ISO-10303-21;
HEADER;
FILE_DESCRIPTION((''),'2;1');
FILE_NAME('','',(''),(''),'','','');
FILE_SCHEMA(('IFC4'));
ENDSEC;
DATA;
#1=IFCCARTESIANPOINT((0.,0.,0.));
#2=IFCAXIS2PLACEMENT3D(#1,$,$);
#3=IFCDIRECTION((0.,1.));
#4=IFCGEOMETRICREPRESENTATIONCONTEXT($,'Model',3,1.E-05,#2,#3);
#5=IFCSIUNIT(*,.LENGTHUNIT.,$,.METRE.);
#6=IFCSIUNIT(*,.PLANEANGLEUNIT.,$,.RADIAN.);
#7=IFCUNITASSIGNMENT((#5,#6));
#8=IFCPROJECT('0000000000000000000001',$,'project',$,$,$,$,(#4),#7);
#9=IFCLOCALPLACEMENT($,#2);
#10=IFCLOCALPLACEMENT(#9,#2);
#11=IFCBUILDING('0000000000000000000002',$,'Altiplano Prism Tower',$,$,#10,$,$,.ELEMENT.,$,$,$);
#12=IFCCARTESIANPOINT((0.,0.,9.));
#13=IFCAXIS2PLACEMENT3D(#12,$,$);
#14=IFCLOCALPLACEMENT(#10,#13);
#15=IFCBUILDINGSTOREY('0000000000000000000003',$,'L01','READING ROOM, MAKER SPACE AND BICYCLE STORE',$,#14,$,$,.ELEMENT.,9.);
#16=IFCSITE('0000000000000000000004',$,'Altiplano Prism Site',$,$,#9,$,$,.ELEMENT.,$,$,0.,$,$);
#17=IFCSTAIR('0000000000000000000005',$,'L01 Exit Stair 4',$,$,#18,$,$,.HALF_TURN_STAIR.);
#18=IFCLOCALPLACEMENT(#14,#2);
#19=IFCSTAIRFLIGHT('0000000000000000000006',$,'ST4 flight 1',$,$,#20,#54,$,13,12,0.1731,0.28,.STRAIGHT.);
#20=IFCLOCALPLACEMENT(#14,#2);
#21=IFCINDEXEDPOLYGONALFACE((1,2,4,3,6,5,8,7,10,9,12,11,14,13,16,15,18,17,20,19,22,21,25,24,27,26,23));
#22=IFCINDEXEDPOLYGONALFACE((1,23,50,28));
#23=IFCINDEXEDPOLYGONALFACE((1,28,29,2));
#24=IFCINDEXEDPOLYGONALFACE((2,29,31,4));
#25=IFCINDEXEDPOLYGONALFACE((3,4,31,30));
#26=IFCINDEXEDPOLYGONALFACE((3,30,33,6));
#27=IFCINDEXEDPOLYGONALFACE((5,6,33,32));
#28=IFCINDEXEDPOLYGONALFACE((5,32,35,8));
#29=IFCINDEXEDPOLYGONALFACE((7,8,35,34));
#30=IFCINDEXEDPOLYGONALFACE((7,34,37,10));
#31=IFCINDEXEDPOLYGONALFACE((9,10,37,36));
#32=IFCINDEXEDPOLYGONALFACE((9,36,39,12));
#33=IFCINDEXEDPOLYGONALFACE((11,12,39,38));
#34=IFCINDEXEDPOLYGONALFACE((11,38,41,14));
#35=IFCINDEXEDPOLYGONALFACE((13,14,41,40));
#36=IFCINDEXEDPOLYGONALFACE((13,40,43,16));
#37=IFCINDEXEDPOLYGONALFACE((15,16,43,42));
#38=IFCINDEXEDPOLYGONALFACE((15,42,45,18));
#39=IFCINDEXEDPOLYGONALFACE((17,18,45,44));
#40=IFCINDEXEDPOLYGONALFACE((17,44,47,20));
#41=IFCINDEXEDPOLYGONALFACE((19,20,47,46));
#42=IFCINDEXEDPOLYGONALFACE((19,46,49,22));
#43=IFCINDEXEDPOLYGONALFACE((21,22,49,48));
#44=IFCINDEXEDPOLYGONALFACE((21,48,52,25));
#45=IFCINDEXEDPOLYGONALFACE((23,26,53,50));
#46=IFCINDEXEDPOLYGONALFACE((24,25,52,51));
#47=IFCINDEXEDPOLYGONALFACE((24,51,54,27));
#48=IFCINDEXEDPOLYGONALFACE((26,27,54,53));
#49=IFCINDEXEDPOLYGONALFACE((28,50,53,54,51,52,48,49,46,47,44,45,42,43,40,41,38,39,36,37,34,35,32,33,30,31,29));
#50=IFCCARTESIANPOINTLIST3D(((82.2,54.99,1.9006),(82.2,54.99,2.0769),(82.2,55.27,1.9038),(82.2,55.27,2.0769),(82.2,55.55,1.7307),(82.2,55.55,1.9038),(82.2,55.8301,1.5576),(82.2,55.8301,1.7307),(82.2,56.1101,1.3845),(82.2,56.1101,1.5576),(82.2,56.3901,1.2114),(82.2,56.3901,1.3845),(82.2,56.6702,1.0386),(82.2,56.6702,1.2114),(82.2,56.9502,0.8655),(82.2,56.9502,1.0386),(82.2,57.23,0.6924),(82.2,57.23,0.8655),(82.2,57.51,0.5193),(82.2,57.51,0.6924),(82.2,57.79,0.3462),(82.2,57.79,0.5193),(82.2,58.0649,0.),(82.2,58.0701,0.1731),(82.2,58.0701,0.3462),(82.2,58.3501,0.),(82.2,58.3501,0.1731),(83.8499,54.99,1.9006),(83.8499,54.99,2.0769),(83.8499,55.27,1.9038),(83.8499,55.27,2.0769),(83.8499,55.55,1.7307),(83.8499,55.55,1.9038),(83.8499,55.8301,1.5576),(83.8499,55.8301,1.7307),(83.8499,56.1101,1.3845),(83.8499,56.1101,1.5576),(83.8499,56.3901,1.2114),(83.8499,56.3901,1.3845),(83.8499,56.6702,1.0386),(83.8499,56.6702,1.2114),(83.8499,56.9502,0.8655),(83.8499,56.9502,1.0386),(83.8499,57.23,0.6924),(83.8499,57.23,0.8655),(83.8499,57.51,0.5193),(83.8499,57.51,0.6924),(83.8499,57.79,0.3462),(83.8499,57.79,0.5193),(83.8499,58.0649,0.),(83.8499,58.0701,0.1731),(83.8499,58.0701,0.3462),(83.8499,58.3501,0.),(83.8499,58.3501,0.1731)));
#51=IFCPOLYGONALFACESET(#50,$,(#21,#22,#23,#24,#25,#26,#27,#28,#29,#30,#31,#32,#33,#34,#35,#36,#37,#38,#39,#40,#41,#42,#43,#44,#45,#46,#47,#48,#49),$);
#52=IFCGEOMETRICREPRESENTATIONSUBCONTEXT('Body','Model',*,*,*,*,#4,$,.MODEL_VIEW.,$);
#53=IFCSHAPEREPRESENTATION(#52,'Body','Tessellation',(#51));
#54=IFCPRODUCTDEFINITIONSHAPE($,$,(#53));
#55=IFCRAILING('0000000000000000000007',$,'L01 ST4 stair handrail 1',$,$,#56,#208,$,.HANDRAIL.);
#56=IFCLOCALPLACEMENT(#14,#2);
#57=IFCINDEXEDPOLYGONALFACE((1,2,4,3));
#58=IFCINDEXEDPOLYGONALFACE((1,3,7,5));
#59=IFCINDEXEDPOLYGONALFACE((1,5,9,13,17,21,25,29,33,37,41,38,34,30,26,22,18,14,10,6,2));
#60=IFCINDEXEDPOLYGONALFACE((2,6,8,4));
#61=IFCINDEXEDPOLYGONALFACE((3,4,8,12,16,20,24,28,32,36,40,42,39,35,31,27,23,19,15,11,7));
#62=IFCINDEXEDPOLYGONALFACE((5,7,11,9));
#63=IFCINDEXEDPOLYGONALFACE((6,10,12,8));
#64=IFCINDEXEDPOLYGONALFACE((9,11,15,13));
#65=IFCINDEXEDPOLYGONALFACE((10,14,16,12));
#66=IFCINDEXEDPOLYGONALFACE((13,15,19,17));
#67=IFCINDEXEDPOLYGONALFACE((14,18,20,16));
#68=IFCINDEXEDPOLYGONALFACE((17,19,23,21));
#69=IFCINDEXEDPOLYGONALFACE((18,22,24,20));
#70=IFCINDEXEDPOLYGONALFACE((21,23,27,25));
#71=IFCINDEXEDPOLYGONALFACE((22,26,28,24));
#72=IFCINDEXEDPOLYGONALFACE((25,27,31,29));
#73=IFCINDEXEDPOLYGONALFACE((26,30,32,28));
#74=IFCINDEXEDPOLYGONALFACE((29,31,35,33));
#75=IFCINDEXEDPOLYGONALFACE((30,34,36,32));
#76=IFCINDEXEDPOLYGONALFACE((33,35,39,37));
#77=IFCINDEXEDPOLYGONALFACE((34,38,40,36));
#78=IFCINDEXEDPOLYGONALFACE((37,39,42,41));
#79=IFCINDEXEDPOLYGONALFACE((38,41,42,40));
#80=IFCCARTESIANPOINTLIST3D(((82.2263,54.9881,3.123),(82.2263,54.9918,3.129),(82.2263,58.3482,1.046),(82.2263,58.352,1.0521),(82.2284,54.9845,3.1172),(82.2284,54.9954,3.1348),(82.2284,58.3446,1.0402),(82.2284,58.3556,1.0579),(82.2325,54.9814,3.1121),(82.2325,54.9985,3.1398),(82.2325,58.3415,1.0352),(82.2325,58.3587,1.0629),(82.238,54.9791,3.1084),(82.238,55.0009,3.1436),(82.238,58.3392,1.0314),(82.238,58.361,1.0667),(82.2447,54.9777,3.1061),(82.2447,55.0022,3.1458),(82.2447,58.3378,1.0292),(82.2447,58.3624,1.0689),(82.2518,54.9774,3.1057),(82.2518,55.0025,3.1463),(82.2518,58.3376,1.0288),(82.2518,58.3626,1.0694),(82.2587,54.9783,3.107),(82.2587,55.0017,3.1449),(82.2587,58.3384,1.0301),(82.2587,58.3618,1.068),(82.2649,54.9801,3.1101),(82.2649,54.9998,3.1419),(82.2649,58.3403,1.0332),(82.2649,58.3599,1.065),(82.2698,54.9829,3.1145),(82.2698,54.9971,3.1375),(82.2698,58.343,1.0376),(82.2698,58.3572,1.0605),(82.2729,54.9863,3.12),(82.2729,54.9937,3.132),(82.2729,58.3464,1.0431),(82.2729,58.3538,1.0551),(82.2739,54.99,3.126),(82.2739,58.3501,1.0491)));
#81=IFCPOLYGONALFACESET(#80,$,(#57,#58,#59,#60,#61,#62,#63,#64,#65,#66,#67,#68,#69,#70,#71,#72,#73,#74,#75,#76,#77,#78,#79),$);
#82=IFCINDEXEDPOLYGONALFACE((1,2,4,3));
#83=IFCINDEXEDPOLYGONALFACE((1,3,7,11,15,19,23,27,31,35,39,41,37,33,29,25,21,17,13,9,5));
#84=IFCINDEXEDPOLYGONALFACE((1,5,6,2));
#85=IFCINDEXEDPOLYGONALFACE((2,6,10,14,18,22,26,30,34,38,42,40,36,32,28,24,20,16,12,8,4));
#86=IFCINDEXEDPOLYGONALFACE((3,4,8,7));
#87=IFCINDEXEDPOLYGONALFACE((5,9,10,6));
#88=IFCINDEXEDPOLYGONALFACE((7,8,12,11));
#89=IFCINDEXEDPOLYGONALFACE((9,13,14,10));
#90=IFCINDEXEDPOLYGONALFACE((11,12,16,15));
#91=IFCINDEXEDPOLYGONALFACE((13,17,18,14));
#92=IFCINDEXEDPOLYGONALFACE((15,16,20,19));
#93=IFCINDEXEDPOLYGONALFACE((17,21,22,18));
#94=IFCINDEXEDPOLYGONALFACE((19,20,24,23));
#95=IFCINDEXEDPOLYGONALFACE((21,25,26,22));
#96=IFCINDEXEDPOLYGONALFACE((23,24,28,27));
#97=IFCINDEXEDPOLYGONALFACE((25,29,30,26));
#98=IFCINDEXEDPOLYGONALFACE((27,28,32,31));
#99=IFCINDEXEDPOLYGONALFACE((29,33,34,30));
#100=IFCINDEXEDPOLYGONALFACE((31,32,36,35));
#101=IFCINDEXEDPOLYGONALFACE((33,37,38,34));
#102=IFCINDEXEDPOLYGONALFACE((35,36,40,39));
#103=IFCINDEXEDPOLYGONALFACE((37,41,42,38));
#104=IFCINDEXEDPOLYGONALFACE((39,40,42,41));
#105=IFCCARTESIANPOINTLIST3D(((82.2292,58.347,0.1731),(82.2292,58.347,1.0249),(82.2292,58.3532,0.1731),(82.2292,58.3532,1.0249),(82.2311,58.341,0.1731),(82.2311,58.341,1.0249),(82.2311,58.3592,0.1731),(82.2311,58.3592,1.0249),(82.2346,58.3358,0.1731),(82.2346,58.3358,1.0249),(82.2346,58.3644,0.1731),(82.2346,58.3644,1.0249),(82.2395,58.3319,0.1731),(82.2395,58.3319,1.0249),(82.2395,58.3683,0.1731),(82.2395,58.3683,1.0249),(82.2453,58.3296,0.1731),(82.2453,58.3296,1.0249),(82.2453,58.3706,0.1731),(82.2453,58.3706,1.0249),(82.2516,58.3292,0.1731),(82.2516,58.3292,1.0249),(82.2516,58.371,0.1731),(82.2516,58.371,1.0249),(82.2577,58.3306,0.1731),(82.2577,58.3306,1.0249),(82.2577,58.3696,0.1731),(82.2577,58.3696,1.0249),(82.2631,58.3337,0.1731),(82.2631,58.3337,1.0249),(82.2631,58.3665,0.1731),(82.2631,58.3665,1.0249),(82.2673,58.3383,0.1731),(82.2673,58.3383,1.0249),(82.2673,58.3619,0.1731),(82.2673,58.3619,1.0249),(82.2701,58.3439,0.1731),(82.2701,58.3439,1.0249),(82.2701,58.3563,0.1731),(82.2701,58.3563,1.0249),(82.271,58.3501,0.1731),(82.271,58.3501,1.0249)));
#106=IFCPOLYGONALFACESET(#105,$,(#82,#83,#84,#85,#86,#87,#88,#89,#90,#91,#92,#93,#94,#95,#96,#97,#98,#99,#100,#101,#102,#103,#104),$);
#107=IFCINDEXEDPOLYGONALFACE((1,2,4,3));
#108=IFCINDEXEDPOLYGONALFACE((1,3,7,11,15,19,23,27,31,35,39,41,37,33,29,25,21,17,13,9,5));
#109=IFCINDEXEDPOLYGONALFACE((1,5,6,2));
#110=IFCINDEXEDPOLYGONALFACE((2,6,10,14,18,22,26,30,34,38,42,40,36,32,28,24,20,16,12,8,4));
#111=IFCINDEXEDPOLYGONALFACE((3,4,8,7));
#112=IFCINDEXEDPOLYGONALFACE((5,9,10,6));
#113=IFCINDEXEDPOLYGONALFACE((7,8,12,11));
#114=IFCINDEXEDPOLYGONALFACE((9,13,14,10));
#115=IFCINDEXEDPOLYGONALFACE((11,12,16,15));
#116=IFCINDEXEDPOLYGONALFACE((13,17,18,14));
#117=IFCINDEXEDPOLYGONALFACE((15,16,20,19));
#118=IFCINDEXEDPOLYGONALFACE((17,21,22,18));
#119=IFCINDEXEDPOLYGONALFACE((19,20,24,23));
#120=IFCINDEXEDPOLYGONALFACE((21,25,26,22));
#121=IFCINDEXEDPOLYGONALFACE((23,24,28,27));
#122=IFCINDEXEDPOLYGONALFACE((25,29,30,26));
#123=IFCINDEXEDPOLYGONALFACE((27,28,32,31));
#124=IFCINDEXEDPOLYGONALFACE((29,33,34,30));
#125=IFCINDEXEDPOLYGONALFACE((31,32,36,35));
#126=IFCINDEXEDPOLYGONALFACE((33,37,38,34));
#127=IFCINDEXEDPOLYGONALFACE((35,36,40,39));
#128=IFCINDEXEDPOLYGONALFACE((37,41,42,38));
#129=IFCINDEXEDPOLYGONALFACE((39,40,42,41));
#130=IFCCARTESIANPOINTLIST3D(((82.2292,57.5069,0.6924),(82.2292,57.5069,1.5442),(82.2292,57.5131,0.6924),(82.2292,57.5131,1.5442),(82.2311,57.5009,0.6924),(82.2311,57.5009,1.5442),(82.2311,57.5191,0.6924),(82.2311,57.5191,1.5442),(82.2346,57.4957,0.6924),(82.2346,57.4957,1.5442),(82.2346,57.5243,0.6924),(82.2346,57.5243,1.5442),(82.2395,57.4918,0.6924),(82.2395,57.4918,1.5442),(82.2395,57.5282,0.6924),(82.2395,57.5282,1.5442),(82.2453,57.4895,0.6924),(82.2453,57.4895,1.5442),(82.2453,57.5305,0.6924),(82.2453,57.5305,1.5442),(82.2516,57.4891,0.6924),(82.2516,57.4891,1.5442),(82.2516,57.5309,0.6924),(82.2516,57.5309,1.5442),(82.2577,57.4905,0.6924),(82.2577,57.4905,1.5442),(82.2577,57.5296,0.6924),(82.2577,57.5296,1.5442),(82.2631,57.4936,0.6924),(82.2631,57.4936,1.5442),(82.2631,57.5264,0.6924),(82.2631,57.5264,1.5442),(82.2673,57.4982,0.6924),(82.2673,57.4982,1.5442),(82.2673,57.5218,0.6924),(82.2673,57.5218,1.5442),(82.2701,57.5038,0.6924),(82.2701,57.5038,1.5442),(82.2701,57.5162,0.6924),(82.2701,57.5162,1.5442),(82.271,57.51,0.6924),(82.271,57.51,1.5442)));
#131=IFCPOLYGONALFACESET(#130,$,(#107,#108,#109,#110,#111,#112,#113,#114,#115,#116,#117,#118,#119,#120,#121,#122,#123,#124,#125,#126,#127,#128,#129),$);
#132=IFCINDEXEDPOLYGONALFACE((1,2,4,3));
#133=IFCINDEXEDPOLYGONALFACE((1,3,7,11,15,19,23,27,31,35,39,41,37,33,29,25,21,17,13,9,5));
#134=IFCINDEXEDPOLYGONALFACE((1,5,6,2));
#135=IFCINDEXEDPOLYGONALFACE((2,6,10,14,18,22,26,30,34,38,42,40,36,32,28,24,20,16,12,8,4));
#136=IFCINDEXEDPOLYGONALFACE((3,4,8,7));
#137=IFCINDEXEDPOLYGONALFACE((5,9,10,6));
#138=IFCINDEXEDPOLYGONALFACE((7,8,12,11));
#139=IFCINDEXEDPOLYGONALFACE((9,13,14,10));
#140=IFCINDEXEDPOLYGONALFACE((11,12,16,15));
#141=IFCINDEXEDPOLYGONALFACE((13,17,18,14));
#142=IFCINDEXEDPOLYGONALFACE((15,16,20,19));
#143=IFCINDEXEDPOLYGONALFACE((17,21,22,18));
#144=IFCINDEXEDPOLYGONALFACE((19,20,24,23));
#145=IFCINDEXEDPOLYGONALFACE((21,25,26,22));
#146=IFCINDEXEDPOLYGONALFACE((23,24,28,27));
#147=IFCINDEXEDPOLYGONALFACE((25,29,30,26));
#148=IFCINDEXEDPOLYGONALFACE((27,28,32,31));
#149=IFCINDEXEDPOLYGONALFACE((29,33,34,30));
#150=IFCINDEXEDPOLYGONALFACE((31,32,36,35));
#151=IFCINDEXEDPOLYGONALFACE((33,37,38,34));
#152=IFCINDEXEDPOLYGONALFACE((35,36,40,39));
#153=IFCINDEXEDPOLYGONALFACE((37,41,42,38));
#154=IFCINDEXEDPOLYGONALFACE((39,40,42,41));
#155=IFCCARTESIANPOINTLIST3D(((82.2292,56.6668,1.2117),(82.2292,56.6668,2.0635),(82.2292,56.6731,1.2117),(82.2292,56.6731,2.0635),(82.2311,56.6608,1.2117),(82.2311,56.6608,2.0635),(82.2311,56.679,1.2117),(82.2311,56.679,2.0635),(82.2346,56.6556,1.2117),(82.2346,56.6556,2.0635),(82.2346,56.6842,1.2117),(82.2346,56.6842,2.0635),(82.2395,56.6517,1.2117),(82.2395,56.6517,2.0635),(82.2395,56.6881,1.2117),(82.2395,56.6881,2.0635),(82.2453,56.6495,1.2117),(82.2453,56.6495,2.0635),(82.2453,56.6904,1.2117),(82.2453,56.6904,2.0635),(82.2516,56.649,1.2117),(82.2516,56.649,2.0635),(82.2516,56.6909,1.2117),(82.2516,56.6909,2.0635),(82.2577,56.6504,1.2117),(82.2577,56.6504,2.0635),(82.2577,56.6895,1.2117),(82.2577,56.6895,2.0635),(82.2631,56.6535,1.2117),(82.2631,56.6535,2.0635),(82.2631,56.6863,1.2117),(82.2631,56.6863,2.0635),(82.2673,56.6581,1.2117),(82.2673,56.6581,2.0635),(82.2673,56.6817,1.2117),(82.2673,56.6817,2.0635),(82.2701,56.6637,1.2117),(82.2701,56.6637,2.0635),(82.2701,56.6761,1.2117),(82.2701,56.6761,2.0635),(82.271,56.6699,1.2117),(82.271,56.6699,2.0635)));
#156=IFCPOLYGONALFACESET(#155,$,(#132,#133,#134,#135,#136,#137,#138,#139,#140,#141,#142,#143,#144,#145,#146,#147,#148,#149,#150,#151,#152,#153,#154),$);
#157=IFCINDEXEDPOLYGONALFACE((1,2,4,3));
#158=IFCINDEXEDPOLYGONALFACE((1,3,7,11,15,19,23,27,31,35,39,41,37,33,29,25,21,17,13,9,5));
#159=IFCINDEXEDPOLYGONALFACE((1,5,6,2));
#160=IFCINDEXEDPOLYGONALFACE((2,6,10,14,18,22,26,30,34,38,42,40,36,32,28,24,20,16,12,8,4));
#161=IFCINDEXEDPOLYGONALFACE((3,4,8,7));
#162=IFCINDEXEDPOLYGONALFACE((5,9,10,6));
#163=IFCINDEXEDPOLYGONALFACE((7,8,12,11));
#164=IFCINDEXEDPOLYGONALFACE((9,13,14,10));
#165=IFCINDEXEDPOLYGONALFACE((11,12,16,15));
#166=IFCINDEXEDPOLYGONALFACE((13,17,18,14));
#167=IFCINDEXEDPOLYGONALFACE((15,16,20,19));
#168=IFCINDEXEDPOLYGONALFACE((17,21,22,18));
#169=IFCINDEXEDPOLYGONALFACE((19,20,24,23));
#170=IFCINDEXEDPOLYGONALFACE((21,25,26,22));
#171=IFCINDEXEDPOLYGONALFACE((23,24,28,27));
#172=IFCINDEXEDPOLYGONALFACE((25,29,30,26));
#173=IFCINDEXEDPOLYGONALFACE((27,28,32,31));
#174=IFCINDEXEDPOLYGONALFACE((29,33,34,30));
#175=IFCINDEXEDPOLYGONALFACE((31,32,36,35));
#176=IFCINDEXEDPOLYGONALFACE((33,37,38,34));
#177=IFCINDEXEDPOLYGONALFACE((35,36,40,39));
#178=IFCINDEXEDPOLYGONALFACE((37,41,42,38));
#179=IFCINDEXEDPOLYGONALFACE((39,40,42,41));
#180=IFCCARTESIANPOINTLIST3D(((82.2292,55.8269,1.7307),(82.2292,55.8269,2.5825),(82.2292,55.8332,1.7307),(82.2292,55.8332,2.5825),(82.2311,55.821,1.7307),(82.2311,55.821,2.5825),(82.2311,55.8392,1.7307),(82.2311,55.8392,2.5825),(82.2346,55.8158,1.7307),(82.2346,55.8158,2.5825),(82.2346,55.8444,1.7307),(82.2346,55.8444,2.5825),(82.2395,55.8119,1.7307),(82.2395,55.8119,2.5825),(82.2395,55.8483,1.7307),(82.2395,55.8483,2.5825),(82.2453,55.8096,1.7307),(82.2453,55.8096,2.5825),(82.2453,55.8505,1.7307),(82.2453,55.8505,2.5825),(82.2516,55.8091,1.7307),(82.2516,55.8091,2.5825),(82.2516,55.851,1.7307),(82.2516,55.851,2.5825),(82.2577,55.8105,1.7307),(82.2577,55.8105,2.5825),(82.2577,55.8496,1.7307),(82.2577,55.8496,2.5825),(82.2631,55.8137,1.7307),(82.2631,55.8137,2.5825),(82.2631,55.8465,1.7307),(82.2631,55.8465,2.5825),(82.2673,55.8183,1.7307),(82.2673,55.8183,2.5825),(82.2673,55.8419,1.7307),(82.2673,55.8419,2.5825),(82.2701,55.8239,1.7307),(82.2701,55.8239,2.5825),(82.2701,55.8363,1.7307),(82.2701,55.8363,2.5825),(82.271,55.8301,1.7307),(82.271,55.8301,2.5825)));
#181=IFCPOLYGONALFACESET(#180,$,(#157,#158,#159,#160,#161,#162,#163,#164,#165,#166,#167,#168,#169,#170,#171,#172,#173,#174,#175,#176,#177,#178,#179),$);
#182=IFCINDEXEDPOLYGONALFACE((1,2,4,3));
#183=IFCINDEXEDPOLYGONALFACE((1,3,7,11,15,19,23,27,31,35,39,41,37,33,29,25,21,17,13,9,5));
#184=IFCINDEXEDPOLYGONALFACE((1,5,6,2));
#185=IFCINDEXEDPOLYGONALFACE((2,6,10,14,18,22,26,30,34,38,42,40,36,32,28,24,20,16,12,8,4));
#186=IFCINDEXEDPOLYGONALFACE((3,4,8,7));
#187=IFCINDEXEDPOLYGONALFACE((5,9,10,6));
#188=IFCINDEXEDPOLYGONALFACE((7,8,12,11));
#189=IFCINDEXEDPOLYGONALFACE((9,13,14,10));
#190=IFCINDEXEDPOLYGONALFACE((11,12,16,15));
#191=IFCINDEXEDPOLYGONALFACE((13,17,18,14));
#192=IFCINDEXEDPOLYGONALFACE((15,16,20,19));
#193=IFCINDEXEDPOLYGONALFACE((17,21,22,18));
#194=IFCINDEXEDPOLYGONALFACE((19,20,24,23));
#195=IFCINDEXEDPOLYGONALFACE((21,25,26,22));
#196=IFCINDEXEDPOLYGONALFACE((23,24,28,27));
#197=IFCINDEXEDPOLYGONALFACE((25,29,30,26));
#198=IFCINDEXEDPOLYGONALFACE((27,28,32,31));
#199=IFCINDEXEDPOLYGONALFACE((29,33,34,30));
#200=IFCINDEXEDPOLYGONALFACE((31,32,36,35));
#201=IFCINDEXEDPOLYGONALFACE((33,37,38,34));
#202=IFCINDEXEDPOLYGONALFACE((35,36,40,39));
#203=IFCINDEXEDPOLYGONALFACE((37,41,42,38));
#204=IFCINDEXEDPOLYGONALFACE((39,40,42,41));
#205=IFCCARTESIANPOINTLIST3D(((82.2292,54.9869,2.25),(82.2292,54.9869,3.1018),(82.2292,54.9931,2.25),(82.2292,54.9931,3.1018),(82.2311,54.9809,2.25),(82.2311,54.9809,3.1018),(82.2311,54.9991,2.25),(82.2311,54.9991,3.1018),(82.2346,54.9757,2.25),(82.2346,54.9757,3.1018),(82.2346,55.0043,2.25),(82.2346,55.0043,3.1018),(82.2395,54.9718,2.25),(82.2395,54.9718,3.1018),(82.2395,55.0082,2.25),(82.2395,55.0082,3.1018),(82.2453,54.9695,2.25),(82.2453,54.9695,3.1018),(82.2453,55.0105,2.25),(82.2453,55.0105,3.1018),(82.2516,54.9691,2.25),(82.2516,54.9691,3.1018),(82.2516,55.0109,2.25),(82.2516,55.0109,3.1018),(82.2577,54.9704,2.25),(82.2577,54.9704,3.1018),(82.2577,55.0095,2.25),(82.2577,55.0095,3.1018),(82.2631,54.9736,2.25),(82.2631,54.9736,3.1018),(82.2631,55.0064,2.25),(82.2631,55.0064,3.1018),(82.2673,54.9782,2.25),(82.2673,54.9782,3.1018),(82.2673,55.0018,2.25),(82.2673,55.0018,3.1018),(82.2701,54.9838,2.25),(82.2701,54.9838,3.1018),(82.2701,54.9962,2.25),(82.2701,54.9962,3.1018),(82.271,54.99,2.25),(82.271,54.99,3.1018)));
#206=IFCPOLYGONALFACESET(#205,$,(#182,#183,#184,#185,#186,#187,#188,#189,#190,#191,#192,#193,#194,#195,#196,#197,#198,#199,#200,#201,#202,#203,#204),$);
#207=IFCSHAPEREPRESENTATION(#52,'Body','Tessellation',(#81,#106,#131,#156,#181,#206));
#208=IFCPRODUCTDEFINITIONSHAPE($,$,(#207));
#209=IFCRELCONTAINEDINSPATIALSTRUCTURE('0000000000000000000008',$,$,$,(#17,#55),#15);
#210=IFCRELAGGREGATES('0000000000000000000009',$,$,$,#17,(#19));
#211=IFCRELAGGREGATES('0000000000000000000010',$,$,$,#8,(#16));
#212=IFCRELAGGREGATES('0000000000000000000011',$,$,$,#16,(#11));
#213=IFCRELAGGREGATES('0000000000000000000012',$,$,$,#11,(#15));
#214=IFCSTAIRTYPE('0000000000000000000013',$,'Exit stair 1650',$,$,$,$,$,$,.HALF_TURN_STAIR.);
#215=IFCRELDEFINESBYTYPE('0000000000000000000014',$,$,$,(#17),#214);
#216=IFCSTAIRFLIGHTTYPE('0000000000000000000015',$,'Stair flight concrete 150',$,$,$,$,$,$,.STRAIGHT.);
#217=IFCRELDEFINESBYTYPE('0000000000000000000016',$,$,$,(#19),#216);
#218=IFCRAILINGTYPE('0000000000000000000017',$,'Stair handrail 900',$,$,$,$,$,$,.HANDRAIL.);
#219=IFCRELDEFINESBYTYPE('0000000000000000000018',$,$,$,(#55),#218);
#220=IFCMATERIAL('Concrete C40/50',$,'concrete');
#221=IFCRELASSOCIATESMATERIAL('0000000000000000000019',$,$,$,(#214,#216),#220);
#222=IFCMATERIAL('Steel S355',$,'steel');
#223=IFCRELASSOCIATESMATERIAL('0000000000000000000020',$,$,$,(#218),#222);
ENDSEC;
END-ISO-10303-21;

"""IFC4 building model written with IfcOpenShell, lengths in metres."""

from ifc_helpers import new_model, si_unit, direction, frame, origin, origin_2d, place, context, subcontext, project, spatial, polyline, circle, outline, extrude, material, type_object, element, aggregate, save


model = new_model("IFC4")

# Units and contexts
model_context = context("Model", 3, precision=1e-05, world=origin(), true_north=direction((0.0, 1.0)))
body_context = subcontext(model_context, "Body", "Model", "MODEL_VIEW")
ifc_project = project(units=[si_unit("LENGTHUNIT", "METRE"), si_unit("PLANEANGLEUNIT", "RADIAN")], contexts=[model_context])

# Site, building, storey
site_placement = place(None, origin())
site = spatial("IfcSite", under=ifc_project, at=site_placement, Name="Altiplano Prism Site", CompositionType="ELEMENT", RefElevation=0.0)
building_placement = place(site_placement, origin())
building = spatial("IfcBuilding", under=site, at=building_placement, Name="Altiplano Prism Tower", CompositionType="ELEMENT")
storey_placement = place(building_placement, frame((0.0, 0.0, 9.0)))
storey = spatial("IfcBuildingStorey", under=building, at=storey_placement, Name="L01", Description="READING ROOM, MAKER SPACE AND BICYCLE STORE", CompositionType="ELEMENT", Elevation=9.0)

# Stair, stair flight
ifc_material_1 = material(Name="Concrete C40/50", Category="concrete")
stair_type = type_object("IfcStairType", Name="Exit stair 1650", PredefinedType="HALF_TURN_STAIR", material=ifc_material_1)
stair_placement = place(storey_placement, origin())
stair = element("IfcStair", 1, at=stair_placement, inside=storey, type_object=stair_type, Name="L01 Exit Stair 4", PredefinedType="HALF_TURN_STAIR")
stair_flight_type = type_object("IfcStairFlightType", Name="Stair flight concrete 150", PredefinedType="STRAIGHT", material=ifc_material_1)
stair_flight_placement = place(storey_placement, frame((83.0249, 58.3501, 0.0), z_axis=(0.0, 0.0, 1.0), x_axis=(0.0, -1.0, 0.0)))
stair_flight = element("IfcStairFlight", 2, at=stair_flight_placement, type_object=stair_flight_type, Name="ST4 flight 1", NumberOfRisers=13, NumberOfTreads=12, PredefinedType="STRAIGHT", RiserHeight=0.1731, TreadLength=0.28, context=body_context, shape_type="SweptSolid", body=[
    extrude(outline(polyline([(0.0, 0.0), (0.0, 0.1731), (0.28, 0.1731), (0.28, 0.3462), (0.5601, 0.3462), (0.5601, 0.5193), (0.8401, 0.5193), (0.8401, 0.6924), (1.1201, 0.6924), (1.1201, 0.8655), (1.3999, 0.8655), (1.3999, 1.0386), (1.6799, 1.0386), (1.6799, 1.2114), (1.96, 1.2114), (1.96, 1.3845), (2.24, 1.3845), (2.24, 1.5576), (2.52, 1.5576), (2.52, 1.7307), (2.8, 1.7307), (2.8, 1.9038), (3.0801, 1.9038), (3.0801, 2.0769), (3.3601, 2.0769), (3.3601, 2.25), (3.3601, 1.9006), (0.2852, 0.0), (0.0, 0.0)])), frame((0.0, 0.825, 0.0), z_axis=(0.0, -1.0, 0.0), x_axis=(1.0, 0.0, 0.0)), (0.0, 0.0, 1.0), 1.6499),
])
aggregate(stair, [stair_flight])

# Railing
ifc_material_2 = material(Name="Steel S355", Category="steel")
railing_type = type_object("IfcRailingType", Name="Stair handrail 900", PredefinedType="HANDRAIL", material=ifc_material_2)
railing_placement = place(storey_placement, frame((82.25, 58.3501, 0.1731)))
element("IfcRailing", 3, at=railing_placement, inside=storey, type_object=railing_type, Name="L01 ST4 stair handrail 1", PredefinedType="HANDRAIL", context=body_context, shape_type="SweptSolid", body=[
    extrude(circle(Radius=0.0239, at=origin_2d()), frame((0.0, 0.0, 0.876), z_axis=(0.0, -0.850623, 0.525776), x_axis=(1.0, 0.0, 0.0)), (0.0, 0.0, 1.0), 3.9502),
    extrude(circle(Radius=0.021, at=origin_2d()), origin(), (0.0, 0.0, 1.0), 0.8518),
    extrude(circle(Radius=0.021, at=origin_2d()), frame((0.0, -0.8401, 0.5193)), (0.0, 0.0, 1.0), 0.8518),
    extrude(circle(Radius=0.021, at=origin_2d()), frame((0.0, -1.6802, 1.0386)), (0.0, 0.0, 1.0), 0.8518),
    extrude(circle(Radius=0.021, at=origin_2d()), frame((0.0, -2.52, 1.5576)), (0.0, 0.0, 1.0), 0.8518),
    extrude(circle(Radius=0.021, at=origin_2d()), frame((0.0, -3.3601, 2.0769)), (0.0, 0.0, 1.0), 0.8518),
])

save(model, "model.ifc")
